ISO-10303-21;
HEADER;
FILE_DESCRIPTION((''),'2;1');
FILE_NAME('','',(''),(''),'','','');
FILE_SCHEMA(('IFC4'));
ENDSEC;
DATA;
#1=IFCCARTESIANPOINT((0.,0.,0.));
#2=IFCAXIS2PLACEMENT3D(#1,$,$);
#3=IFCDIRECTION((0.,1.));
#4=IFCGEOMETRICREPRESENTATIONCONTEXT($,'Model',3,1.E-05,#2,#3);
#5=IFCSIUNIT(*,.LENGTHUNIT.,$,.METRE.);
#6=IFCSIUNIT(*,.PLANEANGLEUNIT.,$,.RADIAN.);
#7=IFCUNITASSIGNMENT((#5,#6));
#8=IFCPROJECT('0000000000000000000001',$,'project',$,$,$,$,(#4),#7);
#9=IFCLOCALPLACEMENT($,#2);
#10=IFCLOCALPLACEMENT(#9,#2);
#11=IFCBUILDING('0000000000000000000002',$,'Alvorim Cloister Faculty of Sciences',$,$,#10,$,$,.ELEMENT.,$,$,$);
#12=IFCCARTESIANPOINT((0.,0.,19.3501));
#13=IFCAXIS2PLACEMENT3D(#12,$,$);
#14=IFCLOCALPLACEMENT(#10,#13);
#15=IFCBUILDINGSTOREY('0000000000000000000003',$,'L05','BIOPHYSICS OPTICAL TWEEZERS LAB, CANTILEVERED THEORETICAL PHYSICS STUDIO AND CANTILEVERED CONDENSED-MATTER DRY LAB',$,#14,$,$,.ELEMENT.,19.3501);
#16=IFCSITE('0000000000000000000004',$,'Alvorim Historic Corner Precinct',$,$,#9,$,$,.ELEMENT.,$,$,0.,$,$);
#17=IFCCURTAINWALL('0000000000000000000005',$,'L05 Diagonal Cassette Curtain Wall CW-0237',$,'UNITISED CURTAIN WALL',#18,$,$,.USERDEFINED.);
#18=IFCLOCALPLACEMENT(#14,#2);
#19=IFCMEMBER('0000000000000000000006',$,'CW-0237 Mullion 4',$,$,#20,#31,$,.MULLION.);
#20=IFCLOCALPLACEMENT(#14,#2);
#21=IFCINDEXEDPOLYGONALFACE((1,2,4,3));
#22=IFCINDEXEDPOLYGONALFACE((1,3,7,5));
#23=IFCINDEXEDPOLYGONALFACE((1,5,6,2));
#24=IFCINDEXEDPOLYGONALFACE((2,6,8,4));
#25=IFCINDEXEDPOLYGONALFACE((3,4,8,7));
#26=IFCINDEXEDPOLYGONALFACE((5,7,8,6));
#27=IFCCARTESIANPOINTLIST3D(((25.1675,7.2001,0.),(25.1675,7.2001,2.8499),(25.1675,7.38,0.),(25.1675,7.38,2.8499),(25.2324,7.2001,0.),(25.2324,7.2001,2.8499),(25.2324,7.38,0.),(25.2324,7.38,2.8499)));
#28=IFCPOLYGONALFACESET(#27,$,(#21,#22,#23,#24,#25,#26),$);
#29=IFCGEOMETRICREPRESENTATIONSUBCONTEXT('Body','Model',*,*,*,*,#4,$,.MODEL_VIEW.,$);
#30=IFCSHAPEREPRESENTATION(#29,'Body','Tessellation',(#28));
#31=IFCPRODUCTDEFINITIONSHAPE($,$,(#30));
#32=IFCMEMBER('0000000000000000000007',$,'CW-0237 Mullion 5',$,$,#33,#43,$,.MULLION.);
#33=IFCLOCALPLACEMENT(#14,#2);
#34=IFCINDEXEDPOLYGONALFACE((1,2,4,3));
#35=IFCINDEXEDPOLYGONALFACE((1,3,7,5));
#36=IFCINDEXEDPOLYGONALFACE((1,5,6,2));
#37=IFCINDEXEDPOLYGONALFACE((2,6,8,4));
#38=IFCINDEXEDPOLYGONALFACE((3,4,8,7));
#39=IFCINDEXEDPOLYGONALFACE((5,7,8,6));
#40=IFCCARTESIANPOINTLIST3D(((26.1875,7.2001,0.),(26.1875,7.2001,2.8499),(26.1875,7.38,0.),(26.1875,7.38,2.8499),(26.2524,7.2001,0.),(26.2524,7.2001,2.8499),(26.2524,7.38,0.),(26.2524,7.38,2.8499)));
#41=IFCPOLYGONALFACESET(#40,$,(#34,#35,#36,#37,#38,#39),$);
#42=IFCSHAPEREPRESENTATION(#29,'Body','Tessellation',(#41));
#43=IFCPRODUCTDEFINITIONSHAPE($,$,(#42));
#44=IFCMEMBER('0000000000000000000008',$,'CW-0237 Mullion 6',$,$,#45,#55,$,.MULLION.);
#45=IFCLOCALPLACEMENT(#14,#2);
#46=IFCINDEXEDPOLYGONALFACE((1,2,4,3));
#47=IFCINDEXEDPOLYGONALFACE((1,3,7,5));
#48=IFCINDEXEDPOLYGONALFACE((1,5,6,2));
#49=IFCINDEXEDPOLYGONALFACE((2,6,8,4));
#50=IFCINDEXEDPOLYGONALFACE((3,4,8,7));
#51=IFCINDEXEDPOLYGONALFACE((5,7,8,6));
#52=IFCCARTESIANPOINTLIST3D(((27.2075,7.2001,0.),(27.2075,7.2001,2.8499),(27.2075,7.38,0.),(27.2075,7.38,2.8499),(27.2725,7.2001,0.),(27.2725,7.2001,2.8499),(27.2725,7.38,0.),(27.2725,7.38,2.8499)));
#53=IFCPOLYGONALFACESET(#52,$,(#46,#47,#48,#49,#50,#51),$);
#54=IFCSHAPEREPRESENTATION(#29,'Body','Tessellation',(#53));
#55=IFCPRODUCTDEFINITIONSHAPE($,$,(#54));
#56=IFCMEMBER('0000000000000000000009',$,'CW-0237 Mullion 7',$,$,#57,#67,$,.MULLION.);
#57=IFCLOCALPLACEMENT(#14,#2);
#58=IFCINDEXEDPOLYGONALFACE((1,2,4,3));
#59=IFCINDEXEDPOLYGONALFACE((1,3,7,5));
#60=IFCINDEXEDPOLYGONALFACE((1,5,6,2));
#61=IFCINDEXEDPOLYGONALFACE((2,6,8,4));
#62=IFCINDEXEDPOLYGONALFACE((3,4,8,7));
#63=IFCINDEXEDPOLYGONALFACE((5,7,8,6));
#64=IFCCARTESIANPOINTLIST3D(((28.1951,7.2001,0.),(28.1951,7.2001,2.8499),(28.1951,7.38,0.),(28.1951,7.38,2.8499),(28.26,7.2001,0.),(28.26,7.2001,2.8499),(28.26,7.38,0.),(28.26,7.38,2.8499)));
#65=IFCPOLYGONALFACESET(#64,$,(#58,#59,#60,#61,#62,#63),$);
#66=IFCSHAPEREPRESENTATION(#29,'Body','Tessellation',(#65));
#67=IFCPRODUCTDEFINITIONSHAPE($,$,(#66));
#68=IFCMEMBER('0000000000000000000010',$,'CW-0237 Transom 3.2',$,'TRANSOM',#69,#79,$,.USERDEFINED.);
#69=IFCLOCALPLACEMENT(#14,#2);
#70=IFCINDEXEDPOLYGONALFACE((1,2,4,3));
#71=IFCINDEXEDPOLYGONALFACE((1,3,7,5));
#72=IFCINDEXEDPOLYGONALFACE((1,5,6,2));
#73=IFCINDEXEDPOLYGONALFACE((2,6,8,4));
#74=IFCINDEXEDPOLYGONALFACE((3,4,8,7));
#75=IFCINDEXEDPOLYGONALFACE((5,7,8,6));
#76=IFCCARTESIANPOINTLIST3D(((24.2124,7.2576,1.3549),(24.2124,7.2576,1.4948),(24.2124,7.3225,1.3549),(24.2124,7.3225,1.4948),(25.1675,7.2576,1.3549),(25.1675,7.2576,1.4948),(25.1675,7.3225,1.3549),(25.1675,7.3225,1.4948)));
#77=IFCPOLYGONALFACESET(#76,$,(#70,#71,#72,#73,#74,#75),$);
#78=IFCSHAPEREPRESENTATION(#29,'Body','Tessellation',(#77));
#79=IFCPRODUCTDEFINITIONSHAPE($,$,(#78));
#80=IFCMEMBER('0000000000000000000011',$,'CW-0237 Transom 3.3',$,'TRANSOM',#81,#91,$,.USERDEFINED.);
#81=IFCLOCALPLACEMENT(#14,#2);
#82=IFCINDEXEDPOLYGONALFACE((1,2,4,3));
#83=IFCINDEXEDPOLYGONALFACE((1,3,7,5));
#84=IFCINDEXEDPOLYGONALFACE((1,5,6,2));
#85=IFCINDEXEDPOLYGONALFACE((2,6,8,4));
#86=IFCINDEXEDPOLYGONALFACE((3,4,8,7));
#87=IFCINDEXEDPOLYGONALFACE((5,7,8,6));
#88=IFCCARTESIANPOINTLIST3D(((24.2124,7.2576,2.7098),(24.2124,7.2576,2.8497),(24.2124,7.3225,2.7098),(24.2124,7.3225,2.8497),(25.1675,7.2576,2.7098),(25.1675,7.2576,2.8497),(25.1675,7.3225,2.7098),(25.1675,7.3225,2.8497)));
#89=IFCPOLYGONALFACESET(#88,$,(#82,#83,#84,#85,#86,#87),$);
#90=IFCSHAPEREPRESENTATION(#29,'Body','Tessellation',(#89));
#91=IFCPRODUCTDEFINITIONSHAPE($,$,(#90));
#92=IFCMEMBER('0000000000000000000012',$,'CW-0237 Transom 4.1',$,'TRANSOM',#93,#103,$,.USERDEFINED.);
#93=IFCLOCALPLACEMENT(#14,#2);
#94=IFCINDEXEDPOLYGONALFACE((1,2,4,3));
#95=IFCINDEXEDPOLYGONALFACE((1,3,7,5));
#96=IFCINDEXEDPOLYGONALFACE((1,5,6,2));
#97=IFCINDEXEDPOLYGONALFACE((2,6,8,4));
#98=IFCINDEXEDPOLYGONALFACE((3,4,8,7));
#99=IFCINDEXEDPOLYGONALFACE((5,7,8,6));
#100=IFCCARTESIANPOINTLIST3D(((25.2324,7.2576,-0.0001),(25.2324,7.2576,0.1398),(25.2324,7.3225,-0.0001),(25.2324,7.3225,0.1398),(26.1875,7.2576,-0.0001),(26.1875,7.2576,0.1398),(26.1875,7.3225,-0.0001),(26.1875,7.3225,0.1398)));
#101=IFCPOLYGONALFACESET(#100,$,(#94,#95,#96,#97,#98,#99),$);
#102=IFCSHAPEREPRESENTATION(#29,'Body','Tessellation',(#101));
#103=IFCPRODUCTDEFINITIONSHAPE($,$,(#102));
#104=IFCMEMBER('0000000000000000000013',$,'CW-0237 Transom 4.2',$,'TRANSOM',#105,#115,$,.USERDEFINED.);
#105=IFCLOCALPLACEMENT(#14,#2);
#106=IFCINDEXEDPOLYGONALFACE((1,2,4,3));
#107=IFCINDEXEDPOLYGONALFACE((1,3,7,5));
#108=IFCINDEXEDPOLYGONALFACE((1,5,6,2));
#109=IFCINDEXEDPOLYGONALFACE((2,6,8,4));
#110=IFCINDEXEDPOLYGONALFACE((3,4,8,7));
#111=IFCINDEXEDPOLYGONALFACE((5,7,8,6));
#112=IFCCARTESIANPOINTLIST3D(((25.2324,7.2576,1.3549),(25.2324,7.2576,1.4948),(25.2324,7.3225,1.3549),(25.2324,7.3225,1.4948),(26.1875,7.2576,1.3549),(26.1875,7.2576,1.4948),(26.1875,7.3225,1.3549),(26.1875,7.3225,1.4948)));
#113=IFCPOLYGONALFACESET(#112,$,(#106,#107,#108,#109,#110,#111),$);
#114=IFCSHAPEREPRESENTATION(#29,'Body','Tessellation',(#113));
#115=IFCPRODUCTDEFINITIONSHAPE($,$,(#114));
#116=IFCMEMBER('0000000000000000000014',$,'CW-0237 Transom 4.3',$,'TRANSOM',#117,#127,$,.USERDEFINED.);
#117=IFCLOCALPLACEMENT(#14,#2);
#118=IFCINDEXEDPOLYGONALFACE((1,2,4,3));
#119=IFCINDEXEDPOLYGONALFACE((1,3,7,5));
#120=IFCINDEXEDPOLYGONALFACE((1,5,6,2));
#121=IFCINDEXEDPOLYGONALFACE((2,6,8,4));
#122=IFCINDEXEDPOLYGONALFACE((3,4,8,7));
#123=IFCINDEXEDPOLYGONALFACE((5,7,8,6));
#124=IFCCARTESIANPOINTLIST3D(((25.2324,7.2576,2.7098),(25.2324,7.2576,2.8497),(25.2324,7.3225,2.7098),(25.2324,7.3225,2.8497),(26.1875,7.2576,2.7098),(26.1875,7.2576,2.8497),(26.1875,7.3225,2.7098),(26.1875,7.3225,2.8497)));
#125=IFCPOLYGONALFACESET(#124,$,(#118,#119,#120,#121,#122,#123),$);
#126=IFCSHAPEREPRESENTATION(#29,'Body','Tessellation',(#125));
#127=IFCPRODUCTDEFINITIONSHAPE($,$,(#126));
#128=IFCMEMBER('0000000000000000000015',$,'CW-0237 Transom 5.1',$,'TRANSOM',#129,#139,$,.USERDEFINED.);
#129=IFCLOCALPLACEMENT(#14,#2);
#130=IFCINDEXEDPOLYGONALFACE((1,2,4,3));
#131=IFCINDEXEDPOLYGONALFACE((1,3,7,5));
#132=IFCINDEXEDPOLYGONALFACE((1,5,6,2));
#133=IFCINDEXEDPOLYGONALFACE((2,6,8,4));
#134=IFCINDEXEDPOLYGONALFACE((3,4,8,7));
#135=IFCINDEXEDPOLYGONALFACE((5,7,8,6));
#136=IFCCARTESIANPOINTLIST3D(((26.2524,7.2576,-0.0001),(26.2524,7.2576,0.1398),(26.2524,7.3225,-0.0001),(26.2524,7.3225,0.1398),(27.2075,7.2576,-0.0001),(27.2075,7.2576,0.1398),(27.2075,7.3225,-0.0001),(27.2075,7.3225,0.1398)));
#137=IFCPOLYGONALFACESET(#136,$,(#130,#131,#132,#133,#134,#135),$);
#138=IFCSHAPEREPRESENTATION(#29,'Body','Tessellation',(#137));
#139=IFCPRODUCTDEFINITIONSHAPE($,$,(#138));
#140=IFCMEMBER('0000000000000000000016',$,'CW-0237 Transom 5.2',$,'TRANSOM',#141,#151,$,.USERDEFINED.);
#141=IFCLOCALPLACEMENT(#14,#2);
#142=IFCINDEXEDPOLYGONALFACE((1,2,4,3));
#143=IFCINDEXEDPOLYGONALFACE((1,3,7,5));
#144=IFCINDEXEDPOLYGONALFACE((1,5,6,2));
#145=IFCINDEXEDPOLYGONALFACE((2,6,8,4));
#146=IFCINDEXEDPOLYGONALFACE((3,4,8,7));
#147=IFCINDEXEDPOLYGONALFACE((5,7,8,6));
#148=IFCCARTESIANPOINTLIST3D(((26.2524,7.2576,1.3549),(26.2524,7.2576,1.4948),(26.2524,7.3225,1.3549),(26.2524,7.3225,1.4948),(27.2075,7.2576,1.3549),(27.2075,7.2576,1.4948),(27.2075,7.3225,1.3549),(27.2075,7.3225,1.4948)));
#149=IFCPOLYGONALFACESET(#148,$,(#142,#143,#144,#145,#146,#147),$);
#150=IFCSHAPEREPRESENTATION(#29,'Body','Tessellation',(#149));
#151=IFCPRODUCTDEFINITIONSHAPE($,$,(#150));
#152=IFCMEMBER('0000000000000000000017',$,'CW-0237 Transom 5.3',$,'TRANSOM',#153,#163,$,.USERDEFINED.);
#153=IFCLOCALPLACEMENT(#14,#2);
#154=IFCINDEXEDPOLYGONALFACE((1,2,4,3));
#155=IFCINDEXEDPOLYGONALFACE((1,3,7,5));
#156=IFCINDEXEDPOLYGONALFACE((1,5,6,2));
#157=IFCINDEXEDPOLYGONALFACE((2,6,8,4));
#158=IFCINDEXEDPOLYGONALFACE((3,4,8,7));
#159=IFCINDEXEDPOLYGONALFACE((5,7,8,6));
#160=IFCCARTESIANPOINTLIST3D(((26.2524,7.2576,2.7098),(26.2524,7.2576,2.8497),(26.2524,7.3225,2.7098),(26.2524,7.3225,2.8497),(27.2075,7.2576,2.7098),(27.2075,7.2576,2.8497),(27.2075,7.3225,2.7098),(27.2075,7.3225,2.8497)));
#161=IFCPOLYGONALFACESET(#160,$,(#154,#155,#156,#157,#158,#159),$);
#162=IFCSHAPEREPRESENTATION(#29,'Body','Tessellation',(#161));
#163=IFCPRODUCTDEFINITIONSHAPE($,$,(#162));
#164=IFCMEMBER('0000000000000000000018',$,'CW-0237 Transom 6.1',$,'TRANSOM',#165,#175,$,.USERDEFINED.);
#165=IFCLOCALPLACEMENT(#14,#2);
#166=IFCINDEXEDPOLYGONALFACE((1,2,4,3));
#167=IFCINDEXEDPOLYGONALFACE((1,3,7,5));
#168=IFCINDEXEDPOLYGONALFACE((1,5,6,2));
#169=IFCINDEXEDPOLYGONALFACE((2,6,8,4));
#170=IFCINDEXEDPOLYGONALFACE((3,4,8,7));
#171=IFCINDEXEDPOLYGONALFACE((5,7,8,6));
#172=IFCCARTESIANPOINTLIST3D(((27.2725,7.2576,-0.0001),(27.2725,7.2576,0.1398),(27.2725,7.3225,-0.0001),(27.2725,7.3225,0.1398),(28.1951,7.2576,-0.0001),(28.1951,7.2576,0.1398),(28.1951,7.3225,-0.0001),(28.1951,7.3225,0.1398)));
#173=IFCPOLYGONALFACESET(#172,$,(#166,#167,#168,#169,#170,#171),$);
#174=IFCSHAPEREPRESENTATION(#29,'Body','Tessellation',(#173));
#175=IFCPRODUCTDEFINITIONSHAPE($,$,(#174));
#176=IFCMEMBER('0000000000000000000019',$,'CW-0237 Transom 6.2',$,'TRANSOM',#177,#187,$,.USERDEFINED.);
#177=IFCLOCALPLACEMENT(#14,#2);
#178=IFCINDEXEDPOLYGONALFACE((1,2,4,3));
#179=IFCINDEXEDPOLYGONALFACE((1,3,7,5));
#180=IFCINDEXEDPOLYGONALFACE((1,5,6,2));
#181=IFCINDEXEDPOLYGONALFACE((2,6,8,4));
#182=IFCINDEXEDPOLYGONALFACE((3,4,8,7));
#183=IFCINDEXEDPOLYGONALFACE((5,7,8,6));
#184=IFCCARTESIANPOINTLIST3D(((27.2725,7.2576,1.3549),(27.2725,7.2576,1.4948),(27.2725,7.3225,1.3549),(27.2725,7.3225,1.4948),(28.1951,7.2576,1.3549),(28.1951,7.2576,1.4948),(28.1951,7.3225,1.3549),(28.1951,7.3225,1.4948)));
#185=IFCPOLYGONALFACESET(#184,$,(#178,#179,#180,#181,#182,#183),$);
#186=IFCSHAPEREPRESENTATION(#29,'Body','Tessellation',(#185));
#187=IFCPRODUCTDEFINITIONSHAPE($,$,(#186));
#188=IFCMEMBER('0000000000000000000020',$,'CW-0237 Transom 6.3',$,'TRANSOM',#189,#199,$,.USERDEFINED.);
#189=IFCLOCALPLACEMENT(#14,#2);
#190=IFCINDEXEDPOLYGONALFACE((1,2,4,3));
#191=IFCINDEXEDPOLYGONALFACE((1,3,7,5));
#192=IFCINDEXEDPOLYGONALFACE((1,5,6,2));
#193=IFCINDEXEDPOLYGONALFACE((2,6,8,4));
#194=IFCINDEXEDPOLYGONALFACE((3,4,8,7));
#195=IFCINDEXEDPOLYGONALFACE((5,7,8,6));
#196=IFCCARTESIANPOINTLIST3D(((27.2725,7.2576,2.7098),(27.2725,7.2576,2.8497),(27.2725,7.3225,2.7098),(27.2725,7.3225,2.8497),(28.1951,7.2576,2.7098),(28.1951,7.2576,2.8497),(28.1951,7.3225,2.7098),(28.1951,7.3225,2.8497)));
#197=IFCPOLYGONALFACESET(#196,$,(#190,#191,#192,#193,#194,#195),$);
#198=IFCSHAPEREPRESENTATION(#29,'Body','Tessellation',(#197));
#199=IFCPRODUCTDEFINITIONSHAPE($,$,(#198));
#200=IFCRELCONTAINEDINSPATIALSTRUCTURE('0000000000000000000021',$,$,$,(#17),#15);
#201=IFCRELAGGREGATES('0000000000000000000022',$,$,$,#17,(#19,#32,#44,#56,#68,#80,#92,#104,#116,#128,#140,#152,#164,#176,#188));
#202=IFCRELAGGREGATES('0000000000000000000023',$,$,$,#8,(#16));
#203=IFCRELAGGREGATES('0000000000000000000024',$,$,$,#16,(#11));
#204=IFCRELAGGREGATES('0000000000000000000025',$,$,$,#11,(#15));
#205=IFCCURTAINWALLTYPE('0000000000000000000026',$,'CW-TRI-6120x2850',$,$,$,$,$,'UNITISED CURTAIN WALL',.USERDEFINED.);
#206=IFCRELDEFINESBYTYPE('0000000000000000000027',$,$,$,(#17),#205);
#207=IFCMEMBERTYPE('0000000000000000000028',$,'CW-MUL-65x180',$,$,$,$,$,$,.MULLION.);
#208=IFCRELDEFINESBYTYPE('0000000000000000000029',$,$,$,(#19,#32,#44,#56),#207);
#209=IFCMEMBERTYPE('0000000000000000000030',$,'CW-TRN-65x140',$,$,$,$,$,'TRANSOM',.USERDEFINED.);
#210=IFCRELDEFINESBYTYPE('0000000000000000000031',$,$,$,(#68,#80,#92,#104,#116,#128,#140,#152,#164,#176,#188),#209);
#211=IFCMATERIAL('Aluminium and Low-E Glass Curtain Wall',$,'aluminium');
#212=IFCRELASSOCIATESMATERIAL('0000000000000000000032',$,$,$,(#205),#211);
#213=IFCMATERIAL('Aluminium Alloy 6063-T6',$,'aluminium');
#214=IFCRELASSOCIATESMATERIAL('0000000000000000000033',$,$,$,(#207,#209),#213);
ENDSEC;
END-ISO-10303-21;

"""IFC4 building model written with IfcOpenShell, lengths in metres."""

from ifc_helpers import new_model, si_unit, direction, frame, origin, origin_2d, place, context, subcontext, project, spatial, rectangle, extrude, material, material_profile, profile_set, type_object, element, aggregate, save


model = new_model("IFC4")

# Units and contexts
model_context = context("Model", 3, precision=1e-05, world=origin(), true_north=direction((0.0, 1.0)))
body_context = subcontext(model_context, "Body", "Model", "MODEL_VIEW")
ifc_project = project(units=[si_unit("LENGTHUNIT", "METRE"), si_unit("PLANEANGLEUNIT", "RADIAN")], contexts=[model_context])

# Site, building, storey
site_placement = place(None, origin())
site = spatial("IfcSite", under=ifc_project, at=site_placement, Name="Alvorim Historic Corner Precinct", CompositionType="ELEMENT", RefElevation=0.0)
building_placement = place(site_placement, origin())
building = spatial("IfcBuilding", under=site, at=building_placement, Name="Alvorim Cloister Faculty of Sciences", CompositionType="ELEMENT")
storey_placement = place(building_placement, frame((0.0, 0.0, 19.3501)))
storey = spatial("IfcBuildingStorey", under=building, at=storey_placement, Name="L05", Description="BIOPHYSICS OPTICAL TWEEZERS LAB, CANTILEVERED THEORETICAL PHYSICS STUDIO AND CANTILEVERED CONDENSED-MATTER DRY LAB", CompositionType="ELEMENT", Elevation=19.3501)

# Curtain wall, members
ifc_material_1 = material(Name="Aluminium and Low-E Glass Curtain Wall", Category="aluminium")
curtain_wall_type = type_object("IfcCurtainWallType", Name="CW-TRI-6120x2850", ElementType="UNITISED CURTAIN WALL", PredefinedType="USERDEFINED", material=ifc_material_1)
curtain_wall_placement = place(storey_placement, origin())
curtain_wall = element("IfcCurtainWall", 1, at=curtain_wall_placement, inside=storey, type_object=curtain_wall_type, Name="L05 Diagonal Cassette Curtain Wall CW-0237", ObjectType="UNITISED CURTAIN WALL", PredefinedType="USERDEFINED")
ifc_material_2 = material(Name="Aluminium Alloy 6063-T6", Category="aluminium")
ifc_material_profile_1 = material_profile(ifc_material_2, rectangle(XDim=0.0649, YDim=0.1799, at=origin_2d()), Name="ALU-MUL-65x180")
ifc_profile_set_1 = profile_set([ifc_material_profile_1], Name="Aluminium Alloy 6063-T6")
member_type_1 = type_object("IfcMemberType", Name="CW-MUL-65x180", PredefinedType="MULLION", material=ifc_profile_set_1)
member_1_placement = place(storey_placement, frame((25.2, 7.29, 0.0), z_axis=(0.0, 0.0, 1.0), x_axis=(1.0, 0.0, 0.0)))
member_1 = element("IfcMember", 2, at=member_1_placement, type_object=member_type_1, Name="CW-0237 Mullion 4", PredefinedType="MULLION", context=body_context, shape_type="SweptSolid", body=[
    extrude(rectangle(XDim=0.0649, YDim=0.1799, at=origin_2d()), origin(), (0.0, 0.0, 1.0), 2.8499),
])
member_2_placement = place(storey_placement, frame((26.22, 7.29, 0.0), z_axis=(0.0, 0.0, 1.0), x_axis=(1.0, 0.0, 0.0)))
member_2 = element("IfcMember", 3, at=member_2_placement, type_object=member_type_1, Name="CW-0237 Mullion 5", PredefinedType="MULLION", context=body_context, shape_type="SweptSolid", body=[
    extrude(rectangle(XDim=0.0649, YDim=0.1799, at=origin_2d()), origin(), (0.0, 0.0, 1.0), 2.8499),
])
member_3_placement = place(storey_placement, frame((27.24, 7.29, 0.0), z_axis=(0.0, 0.0, 1.0), x_axis=(1.0, 0.0, 0.0)))
member_3 = element("IfcMember", 4, at=member_3_placement, type_object=member_type_1, Name="CW-0237 Mullion 6", PredefinedType="MULLION", context=body_context, shape_type="SweptSolid", body=[
    extrude(rectangle(XDim=0.0649, YDim=0.1799, at=origin_2d()), origin(), (0.0, 0.0, 1.0), 2.8499),
])
member_4_placement = place(storey_placement, frame((28.2275, 7.29, 0.0), z_axis=(0.0, 0.0, 1.0), x_axis=(1.0, 0.0, 0.0)))
member_4 = element("IfcMember", 5, at=member_4_placement, type_object=member_type_1, Name="CW-0237 Mullion 7", PredefinedType="MULLION", context=body_context, shape_type="SweptSolid", body=[
    extrude(rectangle(XDim=0.0649, YDim=0.1799, at=origin_2d()), origin(), (0.0, 0.0, 1.0), 2.8499),
])
ifc_material_profile_2 = material_profile(ifc_material_2, rectangle(XDim=0.0649, YDim=0.1399, at=origin_2d()), Name="ALU-TRN-65x140")
ifc_profile_set_2 = profile_set([ifc_material_profile_2], Name="Aluminium Alloy 6063-T6")
member_type_2 = type_object("IfcMemberType", Name="CW-TRN-65x140", ElementType="TRANSOM", PredefinedType="USERDEFINED", material=ifc_profile_set_2)
member_5_placement = place(storey_placement, frame((24.2124, 7.29, 1.4248), z_axis=(1.0, 0.0, 0.0), x_axis=(0.0, 1.0, 0.0)))
member_5 = element("IfcMember", 6, at=member_5_placement, type_object=member_type_2, Name="CW-0237 Transom 3.2", ObjectType="TRANSOM", PredefinedType="USERDEFINED", context=body_context, shape_type="SweptSolid", body=[
    extrude(rectangle(XDim=0.0649, YDim=0.1399, at=origin_2d()), origin(), (0.0, 0.0, 1.0), 0.9551),
])
member_6_placement = place(storey_placement, frame((24.2124, 7.29, 2.7798), z_axis=(1.0, 0.0, 0.0), x_axis=(0.0, 1.0, 0.0)))
member_6 = element("IfcMember", 7, at=member_6_placement, type_object=member_type_2, Name="CW-0237 Transom 3.3", ObjectType="TRANSOM", PredefinedType="USERDEFINED", context=body_context, shape_type="SweptSolid", body=[
    extrude(rectangle(XDim=0.0649, YDim=0.1399, at=origin_2d()), origin(), (0.0, 0.0, 1.0), 0.9551),
])
member_7_placement = place(storey_placement, frame((25.2324, 7.29, 0.0698), z_axis=(1.0, 0.0, 0.0), x_axis=(0.0, 1.0, 0.0)))
member_7 = element("IfcMember", 8, at=member_7_placement, type_object=member_type_2, Name="CW-0237 Transom 4.1", ObjectType="TRANSOM", PredefinedType="USERDEFINED", context=body_context, shape_type="SweptSolid", body=[
    extrude(rectangle(XDim=0.0649, YDim=0.1399, at=origin_2d()), origin(), (0.0, 0.0, 1.0), 0.9551),
])
member_8_placement = place(storey_placement, frame((25.2324, 7.29, 1.4248), z_axis=(1.0, 0.0, 0.0), x_axis=(0.0, 1.0, 0.0)))
member_8 = element("IfcMember", 9, at=member_8_placement, type_object=member_type_2, Name="CW-0237 Transom 4.2", ObjectType="TRANSOM", PredefinedType="USERDEFINED", context=body_context, shape_type="SweptSolid", body=[
    extrude(rectangle(XDim=0.0649, YDim=0.1399, at=origin_2d()), origin(), (0.0, 0.0, 1.0), 0.9551),
])
member_9_placement = place(storey_placement, frame((25.2324, 7.29, 2.7798), z_axis=(1.0, 0.0, 0.0), x_axis=(0.0, 1.0, 0.0)))
member_9 = element("IfcMember", 10, at=member_9_placement, type_object=member_type_2, Name="CW-0237 Transom 4.3", ObjectType="TRANSOM", PredefinedType="USERDEFINED", context=body_context, shape_type="SweptSolid", body=[
    extrude(rectangle(XDim=0.0649, YDim=0.1399, at=origin_2d()), origin(), (0.0, 0.0, 1.0), 0.9551),
])
member_10_placement = place(storey_placement, frame((26.2524, 7.29, 0.0698), z_axis=(1.0, 0.0, 0.0), x_axis=(0.0, 1.0, 0.0)))
member_10 = element("IfcMember", 11, at=member_10_placement, type_object=member_type_2, Name="CW-0237 Transom 5.1", ObjectType="TRANSOM", PredefinedType="USERDEFINED", context=body_context, shape_type="SweptSolid", body=[
    extrude(rectangle(XDim=0.0649, YDim=0.1399, at=origin_2d()), origin(), (0.0, 0.0, 1.0), 0.9551),
])
member_11_placement = place(storey_placement, frame((26.2524, 7.29, 1.4248), z_axis=(1.0, 0.0, 0.0), x_axis=(0.0, 1.0, 0.0)))
member_11 = element("IfcMember", 12, at=member_11_placement, type_object=member_type_2, Name="CW-0237 Transom 5.2", ObjectType="TRANSOM", PredefinedType="USERDEFINED", context=body_context, shape_type="SweptSolid", body=[
    extrude(rectangle(XDim=0.0649, YDim=0.1399, at=origin_2d()), origin(), (0.0, 0.0, 1.0), 0.9551),
])
member_12_placement = place(storey_placement, frame((26.2524, 7.29, 2.7798), z_axis=(1.0, 0.0, 0.0), x_axis=(0.0, 1.0, 0.0)))
member_12 = element("IfcMember", 13, at=member_12_placement, type_object=member_type_2, Name="CW-0237 Transom 5.3", ObjectType="TRANSOM", PredefinedType="USERDEFINED", context=body_context, shape_type="SweptSolid", body=[
    extrude(rectangle(XDim=0.0649, YDim=0.1399, at=origin_2d()), origin(), (0.0, 0.0, 1.0), 0.9551),
])
member_13_placement = place(storey_placement, frame((27.2725, 7.29, 0.0698), z_axis=(1.0, 0.0, 0.0), x_axis=(0.0, 1.0, 0.0)))
member_13 = element("IfcMember", 14, at=member_13_placement, type_object=member_type_2, Name="CW-0237 Transom 6.1", ObjectType="TRANSOM", PredefinedType="USERDEFINED", context=body_context, shape_type="SweptSolid", body=[
    extrude(rectangle(XDim=0.0649, YDim=0.1399, at=origin_2d()), origin(), (0.0, 0.0, 1.0), 0.9226),
])
member_14_placement = place(storey_placement, frame((27.2725, 7.29, 1.4248), z_axis=(1.0, 0.0, 0.0), x_axis=(0.0, 1.0, 0.0)))
member_14 = element("IfcMember", 15, at=member_14_placement, type_object=member_type_2, Name="CW-0237 Transom 6.2", ObjectType="TRANSOM", PredefinedType="USERDEFINED", context=body_context, shape_type="SweptSolid", body=[
    extrude(rectangle(XDim=0.0649, YDim=0.1399, at=origin_2d()), origin(), (0.0, 0.0, 1.0), 0.9226),
])
member_15_placement = place(storey_placement, frame((27.2725, 7.29, 2.7798), z_axis=(1.0, 0.0, 0.0), x_axis=(0.0, 1.0, 0.0)))
member_15 = element("IfcMember", 16, at=member_15_placement, type_object=member_type_2, Name="CW-0237 Transom 6.3", ObjectType="TRANSOM", PredefinedType="USERDEFINED", context=body_context, shape_type="SweptSolid", body=[
    extrude(rectangle(XDim=0.0649, YDim=0.1399, at=origin_2d()), origin(), (0.0, 0.0, 1.0), 0.9226),
])
aggregate(curtain_wall, [member_1, member_2, member_3, member_4, member_5, member_6, member_7, member_8, member_9, member_10, member_11, member_12, member_13, member_14, member_15])

save(model, "model.ifc")
